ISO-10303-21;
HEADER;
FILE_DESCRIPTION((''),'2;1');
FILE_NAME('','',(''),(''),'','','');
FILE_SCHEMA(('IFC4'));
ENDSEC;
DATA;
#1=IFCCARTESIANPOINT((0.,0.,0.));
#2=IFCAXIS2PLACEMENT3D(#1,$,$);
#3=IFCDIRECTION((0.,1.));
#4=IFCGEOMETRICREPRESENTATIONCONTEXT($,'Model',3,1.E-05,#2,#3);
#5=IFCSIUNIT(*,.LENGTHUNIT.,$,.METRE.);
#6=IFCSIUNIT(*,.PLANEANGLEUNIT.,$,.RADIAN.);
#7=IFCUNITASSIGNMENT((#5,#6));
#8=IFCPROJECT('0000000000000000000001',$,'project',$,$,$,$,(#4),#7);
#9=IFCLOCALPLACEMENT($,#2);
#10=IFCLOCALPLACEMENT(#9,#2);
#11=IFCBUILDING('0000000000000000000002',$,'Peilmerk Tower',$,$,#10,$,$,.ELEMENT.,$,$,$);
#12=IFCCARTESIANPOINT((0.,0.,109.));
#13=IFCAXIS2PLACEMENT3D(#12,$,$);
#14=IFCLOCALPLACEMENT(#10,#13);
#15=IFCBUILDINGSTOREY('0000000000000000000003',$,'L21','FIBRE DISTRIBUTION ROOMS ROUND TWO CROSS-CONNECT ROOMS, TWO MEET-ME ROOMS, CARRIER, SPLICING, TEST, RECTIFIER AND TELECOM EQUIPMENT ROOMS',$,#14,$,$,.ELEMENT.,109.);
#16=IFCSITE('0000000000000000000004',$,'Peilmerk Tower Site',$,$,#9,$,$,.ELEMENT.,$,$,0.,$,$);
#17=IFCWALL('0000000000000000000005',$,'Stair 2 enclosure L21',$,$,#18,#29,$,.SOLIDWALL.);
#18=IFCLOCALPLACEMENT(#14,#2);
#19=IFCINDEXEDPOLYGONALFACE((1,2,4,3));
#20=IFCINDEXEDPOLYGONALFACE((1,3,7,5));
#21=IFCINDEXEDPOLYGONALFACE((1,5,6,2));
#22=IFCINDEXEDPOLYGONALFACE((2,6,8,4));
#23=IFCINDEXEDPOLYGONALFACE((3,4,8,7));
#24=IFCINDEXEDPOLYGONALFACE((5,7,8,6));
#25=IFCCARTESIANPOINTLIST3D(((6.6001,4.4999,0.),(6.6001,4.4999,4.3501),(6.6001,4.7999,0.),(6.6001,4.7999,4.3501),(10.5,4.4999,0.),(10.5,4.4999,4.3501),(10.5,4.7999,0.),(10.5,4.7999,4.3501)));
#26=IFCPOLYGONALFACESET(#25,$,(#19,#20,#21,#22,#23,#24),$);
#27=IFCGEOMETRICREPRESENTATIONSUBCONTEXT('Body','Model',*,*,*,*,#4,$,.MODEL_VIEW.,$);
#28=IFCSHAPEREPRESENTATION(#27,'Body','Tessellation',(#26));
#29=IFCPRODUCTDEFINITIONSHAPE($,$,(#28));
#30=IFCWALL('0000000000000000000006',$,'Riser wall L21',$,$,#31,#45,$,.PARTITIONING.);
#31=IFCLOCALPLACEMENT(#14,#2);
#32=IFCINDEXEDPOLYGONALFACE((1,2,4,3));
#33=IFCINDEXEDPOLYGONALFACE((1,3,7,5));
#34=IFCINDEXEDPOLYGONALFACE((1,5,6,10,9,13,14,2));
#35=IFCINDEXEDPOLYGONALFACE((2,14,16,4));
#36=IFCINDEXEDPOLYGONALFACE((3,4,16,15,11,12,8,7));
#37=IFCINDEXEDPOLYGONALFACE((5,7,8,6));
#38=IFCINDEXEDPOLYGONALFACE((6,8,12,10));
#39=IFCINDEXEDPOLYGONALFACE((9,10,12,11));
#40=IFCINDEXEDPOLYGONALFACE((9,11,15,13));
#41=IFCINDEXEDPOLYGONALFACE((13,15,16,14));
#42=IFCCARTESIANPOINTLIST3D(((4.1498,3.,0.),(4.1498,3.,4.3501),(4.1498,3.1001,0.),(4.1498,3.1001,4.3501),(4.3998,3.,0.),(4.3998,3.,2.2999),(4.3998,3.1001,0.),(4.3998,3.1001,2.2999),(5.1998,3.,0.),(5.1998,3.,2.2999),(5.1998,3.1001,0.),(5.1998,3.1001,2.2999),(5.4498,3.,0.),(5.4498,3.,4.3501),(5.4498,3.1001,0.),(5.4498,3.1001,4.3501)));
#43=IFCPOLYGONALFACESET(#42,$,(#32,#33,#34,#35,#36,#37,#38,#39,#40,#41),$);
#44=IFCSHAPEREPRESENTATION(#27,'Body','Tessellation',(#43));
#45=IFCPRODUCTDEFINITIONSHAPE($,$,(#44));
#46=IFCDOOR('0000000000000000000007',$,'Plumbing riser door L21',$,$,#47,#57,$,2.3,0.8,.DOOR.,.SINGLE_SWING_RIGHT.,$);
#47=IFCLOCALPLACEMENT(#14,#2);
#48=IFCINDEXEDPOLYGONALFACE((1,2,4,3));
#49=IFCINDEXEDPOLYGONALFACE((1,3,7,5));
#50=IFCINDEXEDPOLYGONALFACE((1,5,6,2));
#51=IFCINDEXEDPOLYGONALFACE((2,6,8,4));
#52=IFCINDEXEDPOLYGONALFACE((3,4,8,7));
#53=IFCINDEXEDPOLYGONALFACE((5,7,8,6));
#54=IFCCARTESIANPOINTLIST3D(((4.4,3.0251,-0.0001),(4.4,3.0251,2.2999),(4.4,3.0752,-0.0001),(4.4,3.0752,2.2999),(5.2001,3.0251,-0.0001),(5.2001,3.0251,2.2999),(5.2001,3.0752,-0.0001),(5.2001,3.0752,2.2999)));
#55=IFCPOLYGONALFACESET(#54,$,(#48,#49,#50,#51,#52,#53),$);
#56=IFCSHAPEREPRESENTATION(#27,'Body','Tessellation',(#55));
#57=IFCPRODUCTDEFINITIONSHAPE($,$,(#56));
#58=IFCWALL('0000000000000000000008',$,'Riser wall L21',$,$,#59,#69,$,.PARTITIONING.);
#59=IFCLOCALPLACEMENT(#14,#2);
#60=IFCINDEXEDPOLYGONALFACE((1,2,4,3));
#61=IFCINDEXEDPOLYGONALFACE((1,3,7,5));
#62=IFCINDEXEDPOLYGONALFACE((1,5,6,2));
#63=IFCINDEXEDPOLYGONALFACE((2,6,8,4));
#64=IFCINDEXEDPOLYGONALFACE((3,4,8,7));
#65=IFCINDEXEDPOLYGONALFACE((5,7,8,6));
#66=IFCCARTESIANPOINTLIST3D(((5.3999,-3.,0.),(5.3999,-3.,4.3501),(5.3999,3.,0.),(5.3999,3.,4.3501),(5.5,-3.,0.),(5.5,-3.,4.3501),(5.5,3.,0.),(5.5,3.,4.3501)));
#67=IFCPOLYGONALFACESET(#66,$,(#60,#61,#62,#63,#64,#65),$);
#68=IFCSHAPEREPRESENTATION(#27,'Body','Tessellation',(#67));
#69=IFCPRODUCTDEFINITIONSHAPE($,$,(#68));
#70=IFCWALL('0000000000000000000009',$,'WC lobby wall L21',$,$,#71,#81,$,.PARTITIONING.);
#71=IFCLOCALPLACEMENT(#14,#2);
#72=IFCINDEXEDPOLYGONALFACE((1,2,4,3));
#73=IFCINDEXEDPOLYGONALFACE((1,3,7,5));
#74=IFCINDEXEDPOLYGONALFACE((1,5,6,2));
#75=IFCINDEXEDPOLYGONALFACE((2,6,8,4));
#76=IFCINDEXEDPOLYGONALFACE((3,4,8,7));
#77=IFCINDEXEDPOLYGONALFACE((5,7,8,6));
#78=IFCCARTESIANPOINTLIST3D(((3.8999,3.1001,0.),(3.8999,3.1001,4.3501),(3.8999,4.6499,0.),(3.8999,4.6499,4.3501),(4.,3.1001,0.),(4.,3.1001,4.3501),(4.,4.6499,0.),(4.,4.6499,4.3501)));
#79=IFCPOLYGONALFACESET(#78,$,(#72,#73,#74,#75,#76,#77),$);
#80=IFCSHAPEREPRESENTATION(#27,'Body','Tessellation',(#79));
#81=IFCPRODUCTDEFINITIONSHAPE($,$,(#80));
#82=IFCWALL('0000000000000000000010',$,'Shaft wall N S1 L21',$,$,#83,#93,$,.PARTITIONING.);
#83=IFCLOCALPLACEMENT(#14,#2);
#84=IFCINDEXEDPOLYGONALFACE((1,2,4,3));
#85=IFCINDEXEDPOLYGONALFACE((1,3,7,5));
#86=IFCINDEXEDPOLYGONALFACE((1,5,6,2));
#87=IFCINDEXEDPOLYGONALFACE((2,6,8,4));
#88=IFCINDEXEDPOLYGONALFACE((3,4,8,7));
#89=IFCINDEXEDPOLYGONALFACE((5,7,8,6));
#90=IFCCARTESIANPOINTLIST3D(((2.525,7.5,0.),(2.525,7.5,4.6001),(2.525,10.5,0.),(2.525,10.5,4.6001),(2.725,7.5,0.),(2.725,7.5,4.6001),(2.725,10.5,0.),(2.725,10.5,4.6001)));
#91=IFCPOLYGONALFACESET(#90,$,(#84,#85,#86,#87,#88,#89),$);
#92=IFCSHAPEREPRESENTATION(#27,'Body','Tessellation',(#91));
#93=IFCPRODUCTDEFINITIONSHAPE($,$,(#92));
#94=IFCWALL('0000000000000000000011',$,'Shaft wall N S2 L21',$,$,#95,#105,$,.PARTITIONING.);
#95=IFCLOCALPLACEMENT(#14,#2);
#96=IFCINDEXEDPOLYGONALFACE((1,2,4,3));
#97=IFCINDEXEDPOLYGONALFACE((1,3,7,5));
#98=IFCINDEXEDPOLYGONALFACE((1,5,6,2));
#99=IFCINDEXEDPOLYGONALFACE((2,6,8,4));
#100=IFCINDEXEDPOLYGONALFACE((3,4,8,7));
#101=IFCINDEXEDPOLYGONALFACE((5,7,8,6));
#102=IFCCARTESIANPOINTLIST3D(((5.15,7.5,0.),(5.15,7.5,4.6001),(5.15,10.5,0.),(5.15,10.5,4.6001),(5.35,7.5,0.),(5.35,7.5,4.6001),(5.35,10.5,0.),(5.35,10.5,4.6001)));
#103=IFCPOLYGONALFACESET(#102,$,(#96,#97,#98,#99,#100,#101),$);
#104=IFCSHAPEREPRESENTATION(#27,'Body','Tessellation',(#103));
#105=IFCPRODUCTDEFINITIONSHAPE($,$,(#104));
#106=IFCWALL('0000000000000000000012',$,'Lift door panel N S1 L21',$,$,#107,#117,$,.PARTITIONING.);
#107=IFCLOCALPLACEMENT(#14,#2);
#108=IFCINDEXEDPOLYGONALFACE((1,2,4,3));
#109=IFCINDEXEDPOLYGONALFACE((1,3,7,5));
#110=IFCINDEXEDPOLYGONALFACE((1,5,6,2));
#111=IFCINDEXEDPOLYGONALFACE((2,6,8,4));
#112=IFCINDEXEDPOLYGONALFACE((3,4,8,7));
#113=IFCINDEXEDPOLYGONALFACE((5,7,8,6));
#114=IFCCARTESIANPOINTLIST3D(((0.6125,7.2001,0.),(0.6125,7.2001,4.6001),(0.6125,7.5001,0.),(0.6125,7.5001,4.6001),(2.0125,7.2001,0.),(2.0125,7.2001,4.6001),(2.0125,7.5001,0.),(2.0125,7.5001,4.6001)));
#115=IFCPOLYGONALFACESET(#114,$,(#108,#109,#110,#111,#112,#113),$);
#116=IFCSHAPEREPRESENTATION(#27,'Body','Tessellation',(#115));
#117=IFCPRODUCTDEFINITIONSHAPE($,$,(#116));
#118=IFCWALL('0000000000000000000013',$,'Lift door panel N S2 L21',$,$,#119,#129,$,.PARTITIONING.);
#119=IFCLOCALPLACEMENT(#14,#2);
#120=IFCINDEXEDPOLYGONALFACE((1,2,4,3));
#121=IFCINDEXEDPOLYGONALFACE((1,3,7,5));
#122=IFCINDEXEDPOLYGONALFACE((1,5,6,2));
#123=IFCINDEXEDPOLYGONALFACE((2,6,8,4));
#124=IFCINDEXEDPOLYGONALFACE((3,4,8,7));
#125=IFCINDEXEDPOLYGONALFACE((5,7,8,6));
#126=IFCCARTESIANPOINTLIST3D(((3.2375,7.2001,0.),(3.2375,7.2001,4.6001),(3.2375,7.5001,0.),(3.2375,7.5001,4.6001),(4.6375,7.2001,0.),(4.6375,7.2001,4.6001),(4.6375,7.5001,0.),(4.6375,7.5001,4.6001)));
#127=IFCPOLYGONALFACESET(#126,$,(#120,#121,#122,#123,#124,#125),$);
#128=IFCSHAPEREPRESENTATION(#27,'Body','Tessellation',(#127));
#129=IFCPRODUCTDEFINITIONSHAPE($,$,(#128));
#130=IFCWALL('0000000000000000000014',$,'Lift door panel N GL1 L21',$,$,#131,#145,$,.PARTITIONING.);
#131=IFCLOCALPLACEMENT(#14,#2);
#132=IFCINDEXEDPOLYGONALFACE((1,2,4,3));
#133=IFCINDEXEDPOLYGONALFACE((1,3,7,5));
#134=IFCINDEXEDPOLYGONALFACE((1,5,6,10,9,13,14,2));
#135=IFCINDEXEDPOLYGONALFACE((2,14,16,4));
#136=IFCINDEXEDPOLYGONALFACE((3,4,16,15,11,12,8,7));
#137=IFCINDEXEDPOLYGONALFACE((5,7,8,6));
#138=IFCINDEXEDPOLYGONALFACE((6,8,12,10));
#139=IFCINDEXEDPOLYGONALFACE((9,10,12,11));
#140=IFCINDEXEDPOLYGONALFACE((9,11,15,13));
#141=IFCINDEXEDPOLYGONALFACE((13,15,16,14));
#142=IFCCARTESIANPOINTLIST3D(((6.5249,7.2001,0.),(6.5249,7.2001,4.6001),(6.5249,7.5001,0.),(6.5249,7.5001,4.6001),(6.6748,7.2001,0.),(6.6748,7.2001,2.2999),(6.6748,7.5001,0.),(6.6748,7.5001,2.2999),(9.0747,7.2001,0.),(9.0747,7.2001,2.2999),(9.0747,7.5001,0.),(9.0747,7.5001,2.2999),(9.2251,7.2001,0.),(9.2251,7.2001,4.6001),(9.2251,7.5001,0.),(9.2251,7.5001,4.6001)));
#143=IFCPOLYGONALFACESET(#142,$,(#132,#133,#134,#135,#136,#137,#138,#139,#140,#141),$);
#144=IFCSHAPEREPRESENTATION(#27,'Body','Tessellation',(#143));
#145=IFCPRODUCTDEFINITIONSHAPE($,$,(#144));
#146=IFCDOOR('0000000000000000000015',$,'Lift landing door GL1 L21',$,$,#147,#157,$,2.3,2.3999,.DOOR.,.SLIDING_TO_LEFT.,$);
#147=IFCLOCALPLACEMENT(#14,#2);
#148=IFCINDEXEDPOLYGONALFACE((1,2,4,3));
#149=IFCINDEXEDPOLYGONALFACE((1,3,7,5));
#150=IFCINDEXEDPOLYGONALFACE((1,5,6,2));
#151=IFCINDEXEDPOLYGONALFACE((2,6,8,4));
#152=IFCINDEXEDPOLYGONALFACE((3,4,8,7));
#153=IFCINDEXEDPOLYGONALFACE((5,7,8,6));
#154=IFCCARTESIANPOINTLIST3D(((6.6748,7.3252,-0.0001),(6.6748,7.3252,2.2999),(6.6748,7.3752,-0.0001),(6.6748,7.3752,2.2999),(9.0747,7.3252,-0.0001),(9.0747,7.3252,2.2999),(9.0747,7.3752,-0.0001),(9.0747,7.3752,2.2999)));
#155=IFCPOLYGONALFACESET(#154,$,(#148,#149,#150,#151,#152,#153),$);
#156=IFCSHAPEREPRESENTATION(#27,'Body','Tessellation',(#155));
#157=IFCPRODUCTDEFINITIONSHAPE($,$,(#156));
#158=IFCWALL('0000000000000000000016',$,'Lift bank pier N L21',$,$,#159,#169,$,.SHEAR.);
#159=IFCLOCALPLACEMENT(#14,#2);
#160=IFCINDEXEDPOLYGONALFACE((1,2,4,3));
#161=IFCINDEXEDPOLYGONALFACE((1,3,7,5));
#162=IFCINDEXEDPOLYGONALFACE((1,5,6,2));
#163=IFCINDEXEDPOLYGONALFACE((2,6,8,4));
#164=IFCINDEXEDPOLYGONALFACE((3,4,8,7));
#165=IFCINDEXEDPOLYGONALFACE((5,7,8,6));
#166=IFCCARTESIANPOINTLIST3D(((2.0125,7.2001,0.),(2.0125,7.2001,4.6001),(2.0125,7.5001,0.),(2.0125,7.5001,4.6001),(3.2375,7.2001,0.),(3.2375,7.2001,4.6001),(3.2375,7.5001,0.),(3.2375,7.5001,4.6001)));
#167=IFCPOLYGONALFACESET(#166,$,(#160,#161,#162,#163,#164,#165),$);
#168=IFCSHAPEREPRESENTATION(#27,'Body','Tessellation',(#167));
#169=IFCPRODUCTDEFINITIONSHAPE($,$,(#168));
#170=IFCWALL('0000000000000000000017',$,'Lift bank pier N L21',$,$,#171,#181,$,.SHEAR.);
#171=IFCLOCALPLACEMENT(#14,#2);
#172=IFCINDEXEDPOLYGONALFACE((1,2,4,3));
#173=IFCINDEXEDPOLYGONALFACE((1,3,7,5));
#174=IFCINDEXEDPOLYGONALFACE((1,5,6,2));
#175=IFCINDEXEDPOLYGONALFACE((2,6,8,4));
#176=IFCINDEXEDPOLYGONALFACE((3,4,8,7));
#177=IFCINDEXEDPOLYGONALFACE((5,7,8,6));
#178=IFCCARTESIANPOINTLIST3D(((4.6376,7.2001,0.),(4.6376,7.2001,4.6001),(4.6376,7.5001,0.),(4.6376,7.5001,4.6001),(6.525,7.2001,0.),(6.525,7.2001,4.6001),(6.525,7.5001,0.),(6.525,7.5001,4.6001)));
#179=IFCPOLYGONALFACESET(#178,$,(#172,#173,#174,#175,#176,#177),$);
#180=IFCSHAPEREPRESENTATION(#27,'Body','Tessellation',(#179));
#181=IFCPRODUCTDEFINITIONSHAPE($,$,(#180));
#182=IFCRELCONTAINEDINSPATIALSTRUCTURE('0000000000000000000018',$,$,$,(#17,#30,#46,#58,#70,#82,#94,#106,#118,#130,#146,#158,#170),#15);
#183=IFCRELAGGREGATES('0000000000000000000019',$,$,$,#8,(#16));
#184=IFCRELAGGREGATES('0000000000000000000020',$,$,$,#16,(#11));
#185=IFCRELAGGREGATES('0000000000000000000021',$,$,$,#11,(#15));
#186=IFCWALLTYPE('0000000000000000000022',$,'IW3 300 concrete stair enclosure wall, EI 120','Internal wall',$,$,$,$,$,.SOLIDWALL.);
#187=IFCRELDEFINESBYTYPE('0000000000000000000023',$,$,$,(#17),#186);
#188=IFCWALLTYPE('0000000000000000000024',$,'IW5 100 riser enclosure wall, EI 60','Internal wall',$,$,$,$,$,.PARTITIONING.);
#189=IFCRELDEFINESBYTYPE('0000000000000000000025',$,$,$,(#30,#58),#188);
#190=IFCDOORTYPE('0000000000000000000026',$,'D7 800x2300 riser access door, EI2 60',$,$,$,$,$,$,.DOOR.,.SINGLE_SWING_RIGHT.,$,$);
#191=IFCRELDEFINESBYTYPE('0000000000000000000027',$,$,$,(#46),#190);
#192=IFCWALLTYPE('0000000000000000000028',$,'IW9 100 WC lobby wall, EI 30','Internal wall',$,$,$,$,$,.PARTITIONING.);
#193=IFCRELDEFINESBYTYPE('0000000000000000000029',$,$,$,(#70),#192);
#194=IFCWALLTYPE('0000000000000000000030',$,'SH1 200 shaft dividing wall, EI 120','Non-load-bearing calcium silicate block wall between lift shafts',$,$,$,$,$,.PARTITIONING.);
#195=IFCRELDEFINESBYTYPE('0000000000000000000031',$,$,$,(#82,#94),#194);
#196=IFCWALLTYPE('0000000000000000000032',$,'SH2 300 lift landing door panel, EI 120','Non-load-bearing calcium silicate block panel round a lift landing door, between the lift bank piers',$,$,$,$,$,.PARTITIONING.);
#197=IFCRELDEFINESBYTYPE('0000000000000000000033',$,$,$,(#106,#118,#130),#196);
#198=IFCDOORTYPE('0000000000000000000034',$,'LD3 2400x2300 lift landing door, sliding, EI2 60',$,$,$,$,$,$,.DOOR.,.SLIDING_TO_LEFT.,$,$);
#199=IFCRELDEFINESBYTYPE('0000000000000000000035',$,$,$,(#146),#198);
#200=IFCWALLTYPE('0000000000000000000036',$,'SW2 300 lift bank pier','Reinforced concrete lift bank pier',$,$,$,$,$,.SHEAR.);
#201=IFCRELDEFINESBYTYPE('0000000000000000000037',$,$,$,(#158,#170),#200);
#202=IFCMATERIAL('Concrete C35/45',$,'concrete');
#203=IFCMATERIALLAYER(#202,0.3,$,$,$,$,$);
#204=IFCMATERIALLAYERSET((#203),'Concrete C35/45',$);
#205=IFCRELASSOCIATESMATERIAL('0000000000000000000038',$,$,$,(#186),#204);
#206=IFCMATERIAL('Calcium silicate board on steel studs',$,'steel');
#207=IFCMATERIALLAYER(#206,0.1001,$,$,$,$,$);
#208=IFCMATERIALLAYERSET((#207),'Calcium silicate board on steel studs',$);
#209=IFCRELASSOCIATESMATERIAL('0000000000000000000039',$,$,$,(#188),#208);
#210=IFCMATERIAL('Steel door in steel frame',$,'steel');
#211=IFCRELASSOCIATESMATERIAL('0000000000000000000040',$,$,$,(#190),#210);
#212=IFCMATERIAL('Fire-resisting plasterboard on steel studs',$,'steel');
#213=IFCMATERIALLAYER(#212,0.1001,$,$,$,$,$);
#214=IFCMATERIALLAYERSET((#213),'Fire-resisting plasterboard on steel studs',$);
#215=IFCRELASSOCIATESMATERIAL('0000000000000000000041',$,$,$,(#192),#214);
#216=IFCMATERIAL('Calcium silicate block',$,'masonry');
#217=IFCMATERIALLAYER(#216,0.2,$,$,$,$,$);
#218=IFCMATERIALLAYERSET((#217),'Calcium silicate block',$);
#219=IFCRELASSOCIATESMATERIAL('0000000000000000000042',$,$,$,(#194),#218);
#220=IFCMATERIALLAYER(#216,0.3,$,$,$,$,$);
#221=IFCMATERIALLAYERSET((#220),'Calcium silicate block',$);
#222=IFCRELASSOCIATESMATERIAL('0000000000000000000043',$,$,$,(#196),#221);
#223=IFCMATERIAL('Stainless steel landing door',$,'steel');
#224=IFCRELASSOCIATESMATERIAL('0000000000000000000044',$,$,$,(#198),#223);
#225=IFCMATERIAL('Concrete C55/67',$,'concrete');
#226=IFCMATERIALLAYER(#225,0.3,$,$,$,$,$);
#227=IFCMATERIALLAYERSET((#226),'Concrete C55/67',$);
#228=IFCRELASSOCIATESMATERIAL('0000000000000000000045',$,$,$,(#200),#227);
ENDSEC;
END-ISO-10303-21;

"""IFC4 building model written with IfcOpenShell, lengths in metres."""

from ifc_helpers import new_model, si_unit, direction, frame, frame_2d, origin, place, context, subcontext, project, spatial, rectangle, extrude, material, layer, layer_set, type_object, element, fill, save


model = new_model("IFC4")

# Units and contexts
model_context = context("Model", 3, precision=1e-05, world=origin(), true_north=direction((0.0, 1.0)))
body_context = subcontext(model_context, "Body", "Model", "MODEL_VIEW")
ifc_project = project(units=[si_unit("LENGTHUNIT", "METRE"), si_unit("PLANEANGLEUNIT", "RADIAN")], contexts=[model_context])

# Site, building, storey
site_placement = place(None, origin())
site = spatial("IfcSite", under=ifc_project, at=site_placement, Name="Peilmerk Tower Site", CompositionType="ELEMENT", RefElevation=0.0)
building_placement = place(site_placement, origin())
building = spatial("IfcBuilding", under=site, at=building_placement, Name="Peilmerk Tower", CompositionType="ELEMENT")
storey_placement = place(building_placement, frame((0.0, 0.0, 109.0)))
storey = spatial("IfcBuildingStorey", under=building, at=storey_placement, Name="L21", Description="FIBRE DISTRIBUTION ROOMS ROUND TWO CROSS-CONNECT ROOMS, TWO MEET-ME ROOMS, CARRIER, SPLICING, TEST, RECTIFIER AND TELECOM EQUIPMENT ROOMS", CompositionType="ELEMENT", Elevation=109.0)

# Wall
ifc_material_1 = material(Name="Concrete C35/45", Category="concrete")
ifc_layer_1 = layer(ifc_material_1, 0.3)
ifc_layer_set_1 = layer_set([ifc_layer_1], Name="Concrete C35/45")
wall_type_1 = type_object("IfcWallType", Name="IW3 300 concrete stair enclosure wall, EI 120", Description="Internal wall", PredefinedType="SOLIDWALL", material=ifc_layer_set_1)
wall_1_placement = place(storey_placement, frame((6.6001, 4.6499, 0.0), z_axis=(0.0, 0.0, 1.0), x_axis=(1.0, 0.0, 0.0)))
element("IfcWall", 1, at=wall_1_placement, inside=storey, type_object=wall_type_1, Name="Stair 2 enclosure L21", PredefinedType="SOLIDWALL", context=body_context, shape_type="SweptSolid", body=[
    extrude(rectangle(XDim=3.8999, YDim=0.3, at=frame_2d((1.95, 0.0))), origin(), (0.0, 0.0, 1.0), 4.3501),
])

# Wall, opening, door
ifc_material_2 = material(Name="Calcium silicate board on steel studs", Category="steel")
ifc_layer_2 = layer(ifc_material_2, 0.1001)
ifc_layer_set_2 = layer_set([ifc_layer_2], Name="Calcium silicate board on steel studs")
wall_type_2 = type_object("IfcWallType", Name="IW5 100 riser enclosure wall, EI 60", Description="Internal wall", PredefinedType="PARTITIONING", material=ifc_layer_set_2)
wall_2_placement = place(storey_placement, frame((4.1499, 3.05, 0.0), z_axis=(0.0, 0.0, 1.0), x_axis=(1.0, 0.0, 0.0)))
wall_2 = element("IfcWall", 2, at=wall_2_placement, inside=storey, type_object=wall_type_2, Name="Riser wall L21", PredefinedType="PARTITIONING", context=body_context, shape_type="SweptSolid", body=[
    extrude(rectangle(XDim=1.3, YDim=0.1001, at=frame_2d((0.6499, 0.0))), origin(), (0.0, 0.0, 1.0), 4.3501),
])
opening_1_placement = place(wall_2_placement, frame((0.25, 0.0, 0.0)))
opening_1 = element("IfcOpeningElement", 3, at=opening_1_placement, cuts=wall_2, PredefinedType="OPENING", context=body_context, shape_type="SweptSolid", body=[
    extrude(rectangle(XDim=0.8, YDim=2.3, at=frame_2d((0.3999, 1.1499))), frame((0.0, 0.0601, 0.0), z_axis=(0.0, -1.0, 0.0), x_axis=(1.0, 0.0, 0.0)), (0.0, 0.0, 1.0), 0.1201),
])
ifc_material_3 = material(Name="Steel door in steel frame", Category="steel")
door_type_1 = type_object("IfcDoorType", Name="D7 800x2300 riser access door, EI2 60", OperationType="SINGLE_SWING_RIGHT", PredefinedType="DOOR", material=ifc_material_3)
door_1_placement = place(opening_1_placement, frame((0.8, 0.0, 0.0), z_axis=(0.0, 0.0, 1.0), x_axis=(-1.0, 0.0, 0.0)))
door_1 = element("IfcDoor", 4, at=door_1_placement, inside=storey, type_object=door_type_1, Name="Plumbing riser door L21", OperationType="SINGLE_SWING_RIGHT", OverallHeight=2.3, OverallWidth=0.8, PredefinedType="DOOR", context=body_context, shape_type="SweptSolid", body=[
    extrude(rectangle(XDim=0.8, YDim=2.3, at=frame_2d((0.3999, 1.1499))), frame((0.0, 0.0249, 0.0), z_axis=(0.0, -1.0, 0.0), x_axis=(1.0, 0.0, 0.0)), (0.0, 0.0, 1.0), 0.05),
])
fill(opening_1, door_1)

# Walls
wall_3_placement = place(storey_placement, frame((5.45, 3.0, 0.0), z_axis=(0.0, 0.0, 1.0), x_axis=(0.0, -1.0, 0.0)))
element("IfcWall", 5, at=wall_3_placement, inside=storey, type_object=wall_type_2, Name="Riser wall L21", PredefinedType="PARTITIONING", context=body_context, shape_type="SweptSolid", body=[
    extrude(rectangle(XDim=6.0, YDim=0.1001, at=frame_2d((3.0, 0.0))), origin(), (0.0, 0.0, 1.0), 4.3501),
])
ifc_material_4 = material(Name="Fire-resisting plasterboard on steel studs", Category="steel")
ifc_layer_3 = layer(ifc_material_4, 0.1001)
ifc_layer_set_3 = layer_set([ifc_layer_3], Name="Fire-resisting plasterboard on steel studs")
wall_type_3 = type_object("IfcWallType", Name="IW9 100 WC lobby wall, EI 30", Description="Internal wall", PredefinedType="PARTITIONING", material=ifc_layer_set_3)
wall_4_placement = place(storey_placement, frame((3.95, 3.1001, 0.0), z_axis=(0.0, 0.0, 1.0), x_axis=(0.0, 1.0, 0.0)))
element("IfcWall", 6, at=wall_4_placement, inside=storey, type_object=wall_type_3, Name="WC lobby wall L21", PredefinedType="PARTITIONING", context=body_context, shape_type="SweptSolid", body=[
    extrude(rectangle(XDim=1.5498, YDim=0.1001, at=frame_2d((0.7749, 0.0))), origin(), (0.0, 0.0, 1.0), 4.3501),
])
ifc_material_5 = material(Name="Calcium silicate block", Category="masonry")
ifc_layer_4 = layer(ifc_material_5, 0.2)
ifc_layer_set_4 = layer_set([ifc_layer_4], Name="Calcium silicate block")
wall_type_4 = type_object("IfcWallType", Name="SH1 200 shaft dividing wall, EI 120", Description="Non-load-bearing calcium silicate block wall between lift shafts", PredefinedType="PARTITIONING", material=ifc_layer_set_4)
for number, where, z_axis, x_axis, name in (
    (7, (2.625, 7.5, 0.0), (0.0, 0.0, 1.0), (0.0, 1.0, 0.0), "Shaft wall N S1 L21"),
    (8, (5.25, 7.5, 0.0), (0.0, 0.0, 1.0), (0.0, 1.0, 0.0), "Shaft wall N S2 L21"),
):
    element("IfcWall", number, at=place(storey_placement, frame(where, z_axis=z_axis, x_axis=x_axis)), inside=storey, type_object=wall_type_4, Name=name, PredefinedType="PARTITIONING", context=body_context, shape_type="SweptSolid", body=[
        extrude(rectangle(XDim=3.0, YDim=0.2, at=frame_2d((1.5, 0.0))), origin(), (0.0, 0.0, 1.0), 4.6001),
    ])
ifc_layer_5 = layer(ifc_material_5, 0.3)
ifc_layer_set_5 = layer_set([ifc_layer_5], Name="Calcium silicate block")
wall_type_5 = type_object("IfcWallType", Name="SH2 300 lift landing door panel, EI 120", Description="Non-load-bearing calcium silicate block panel round a lift landing door, between the lift bank piers", PredefinedType="PARTITIONING", material=ifc_layer_set_5)
for number, where, z_axis, x_axis, name in (
    (9, (0.6125, 7.3501, 0.0), (0.0, 0.0, 1.0), (1.0, 0.0, 0.0), "Lift door panel N S1 L21"),
    (10, (3.2375, 7.3501, 0.0), (0.0, 0.0, 1.0), (1.0, 0.0, 0.0), "Lift door panel N S2 L21"),
):
    element("IfcWall", number, at=place(storey_placement, frame(where, z_axis=z_axis, x_axis=x_axis)), inside=storey, type_object=wall_type_5, Name=name, PredefinedType="PARTITIONING", context=body_context, shape_type="SweptSolid", body=[
        extrude(rectangle(XDim=1.3999, YDim=0.3, at=frame_2d((0.7, 0.0))), origin(), (0.0, 0.0, 1.0), 4.6001),
    ])

# Wall, opening, door
wall_5_placement = place(storey_placement, frame((6.5249, 7.3501, 0.0), z_axis=(0.0, 0.0, 1.0), x_axis=(1.0, 0.0, 0.0)))
wall_5 = element("IfcWall", 11, at=wall_5_placement, inside=storey, type_object=wall_type_5, Name="Lift door panel N GL1 L21", PredefinedType="PARTITIONING", context=body_context, shape_type="SweptSolid", body=[
    extrude(rectangle(XDim=2.7002, YDim=0.3, at=frame_2d((1.3501, 0.0))), origin(), (0.0, 0.0, 1.0), 4.6001),
])
opening_2_placement = place(wall_5_placement, frame((0.1499, 0.0, 0.0)))
opening_2 = element("IfcOpeningElement", 12, at=opening_2_placement, cuts=wall_5, PredefinedType="OPENING", context=body_context, shape_type="SweptSolid", body=[
    extrude(rectangle(XDim=2.3999, YDim=2.3, at=frame_2d((1.2, 1.1499))), frame((0.0, 0.1599, 0.0), z_axis=(0.0, -1.0, 0.0), x_axis=(1.0, 0.0, 0.0)), (0.0, 0.0, 1.0), 0.3201),
])
ifc_material_6 = material(Name="Stainless steel landing door", Category="steel")
door_type_2 = type_object("IfcDoorType", Name="LD3 2400x2300 lift landing door, sliding, EI2 60", OperationType="SLIDING_TO_LEFT", PredefinedType="DOOR", material=ifc_material_6)
door_2_placement = place(opening_2_placement, frame((2.3999, 0.0, 0.0), z_axis=(0.0, 0.0, 1.0), x_axis=(-1.0, 0.0, 0.0)))
door_2 = element("IfcDoor", 13, at=door_2_placement, inside=storey, type_object=door_type_2, Name="Lift landing door GL1 L21", OperationType="SLIDING_TO_LEFT", OverallHeight=2.3, OverallWidth=2.3999, PredefinedType="DOOR", context=body_context, shape_type="SweptSolid", body=[
    extrude(rectangle(XDim=2.3999, YDim=2.3, at=frame_2d((1.2, 1.1499))), frame((0.0, 0.0249, 0.0), z_axis=(0.0, -1.0, 0.0), x_axis=(1.0, 0.0, 0.0)), (0.0, 0.0, 1.0), 0.05),
])
fill(opening_2, door_2)

# Walls
ifc_material_7 = material(Name="Concrete C55/67", Category="concrete")
ifc_layer_6 = layer(ifc_material_7, 0.3)
ifc_layer_set_6 = layer_set([ifc_layer_6], Name="Concrete C55/67")
wall_type_6 = type_object("IfcWallType", Name="SW2 300 lift bank pier", Description="Reinforced concrete lift bank pier", PredefinedType="SHEAR", material=ifc_layer_set_6)
wall_6_placement = place(storey_placement, frame((2.0125, 7.3501, 0.0), z_axis=(0.0, 0.0, 1.0), x_axis=(1.0, 0.0, 0.0)))
element("IfcWall", 14, at=wall_6_placement, inside=storey, type_object=wall_type_6, Name="Lift bank pier N L21", PredefinedType="SHEAR", context=body_context, shape_type="SweptSolid", body=[
    extrude(rectangle(XDim=1.2251, YDim=0.3, at=frame_2d((0.6125, 0.0))), origin(), (0.0, 0.0, 1.0), 4.6001),
])
wall_7_placement = place(storey_placement, frame((4.6375, 7.3501, 0.0), z_axis=(0.0, 0.0, 1.0), x_axis=(1.0, 0.0, 0.0)))
element("IfcWall", 15, at=wall_7_placement, inside=storey, type_object=wall_type_6, Name="Lift bank pier N L21", PredefinedType="SHEAR", context=body_context, shape_type="SweptSolid", body=[
    extrude(rectangle(XDim=1.8875, YDim=0.3, at=frame_2d((0.9438, 0.0))), origin(), (0.0, 0.0, 1.0), 4.6001),
])

save(model, "model.ifc")
